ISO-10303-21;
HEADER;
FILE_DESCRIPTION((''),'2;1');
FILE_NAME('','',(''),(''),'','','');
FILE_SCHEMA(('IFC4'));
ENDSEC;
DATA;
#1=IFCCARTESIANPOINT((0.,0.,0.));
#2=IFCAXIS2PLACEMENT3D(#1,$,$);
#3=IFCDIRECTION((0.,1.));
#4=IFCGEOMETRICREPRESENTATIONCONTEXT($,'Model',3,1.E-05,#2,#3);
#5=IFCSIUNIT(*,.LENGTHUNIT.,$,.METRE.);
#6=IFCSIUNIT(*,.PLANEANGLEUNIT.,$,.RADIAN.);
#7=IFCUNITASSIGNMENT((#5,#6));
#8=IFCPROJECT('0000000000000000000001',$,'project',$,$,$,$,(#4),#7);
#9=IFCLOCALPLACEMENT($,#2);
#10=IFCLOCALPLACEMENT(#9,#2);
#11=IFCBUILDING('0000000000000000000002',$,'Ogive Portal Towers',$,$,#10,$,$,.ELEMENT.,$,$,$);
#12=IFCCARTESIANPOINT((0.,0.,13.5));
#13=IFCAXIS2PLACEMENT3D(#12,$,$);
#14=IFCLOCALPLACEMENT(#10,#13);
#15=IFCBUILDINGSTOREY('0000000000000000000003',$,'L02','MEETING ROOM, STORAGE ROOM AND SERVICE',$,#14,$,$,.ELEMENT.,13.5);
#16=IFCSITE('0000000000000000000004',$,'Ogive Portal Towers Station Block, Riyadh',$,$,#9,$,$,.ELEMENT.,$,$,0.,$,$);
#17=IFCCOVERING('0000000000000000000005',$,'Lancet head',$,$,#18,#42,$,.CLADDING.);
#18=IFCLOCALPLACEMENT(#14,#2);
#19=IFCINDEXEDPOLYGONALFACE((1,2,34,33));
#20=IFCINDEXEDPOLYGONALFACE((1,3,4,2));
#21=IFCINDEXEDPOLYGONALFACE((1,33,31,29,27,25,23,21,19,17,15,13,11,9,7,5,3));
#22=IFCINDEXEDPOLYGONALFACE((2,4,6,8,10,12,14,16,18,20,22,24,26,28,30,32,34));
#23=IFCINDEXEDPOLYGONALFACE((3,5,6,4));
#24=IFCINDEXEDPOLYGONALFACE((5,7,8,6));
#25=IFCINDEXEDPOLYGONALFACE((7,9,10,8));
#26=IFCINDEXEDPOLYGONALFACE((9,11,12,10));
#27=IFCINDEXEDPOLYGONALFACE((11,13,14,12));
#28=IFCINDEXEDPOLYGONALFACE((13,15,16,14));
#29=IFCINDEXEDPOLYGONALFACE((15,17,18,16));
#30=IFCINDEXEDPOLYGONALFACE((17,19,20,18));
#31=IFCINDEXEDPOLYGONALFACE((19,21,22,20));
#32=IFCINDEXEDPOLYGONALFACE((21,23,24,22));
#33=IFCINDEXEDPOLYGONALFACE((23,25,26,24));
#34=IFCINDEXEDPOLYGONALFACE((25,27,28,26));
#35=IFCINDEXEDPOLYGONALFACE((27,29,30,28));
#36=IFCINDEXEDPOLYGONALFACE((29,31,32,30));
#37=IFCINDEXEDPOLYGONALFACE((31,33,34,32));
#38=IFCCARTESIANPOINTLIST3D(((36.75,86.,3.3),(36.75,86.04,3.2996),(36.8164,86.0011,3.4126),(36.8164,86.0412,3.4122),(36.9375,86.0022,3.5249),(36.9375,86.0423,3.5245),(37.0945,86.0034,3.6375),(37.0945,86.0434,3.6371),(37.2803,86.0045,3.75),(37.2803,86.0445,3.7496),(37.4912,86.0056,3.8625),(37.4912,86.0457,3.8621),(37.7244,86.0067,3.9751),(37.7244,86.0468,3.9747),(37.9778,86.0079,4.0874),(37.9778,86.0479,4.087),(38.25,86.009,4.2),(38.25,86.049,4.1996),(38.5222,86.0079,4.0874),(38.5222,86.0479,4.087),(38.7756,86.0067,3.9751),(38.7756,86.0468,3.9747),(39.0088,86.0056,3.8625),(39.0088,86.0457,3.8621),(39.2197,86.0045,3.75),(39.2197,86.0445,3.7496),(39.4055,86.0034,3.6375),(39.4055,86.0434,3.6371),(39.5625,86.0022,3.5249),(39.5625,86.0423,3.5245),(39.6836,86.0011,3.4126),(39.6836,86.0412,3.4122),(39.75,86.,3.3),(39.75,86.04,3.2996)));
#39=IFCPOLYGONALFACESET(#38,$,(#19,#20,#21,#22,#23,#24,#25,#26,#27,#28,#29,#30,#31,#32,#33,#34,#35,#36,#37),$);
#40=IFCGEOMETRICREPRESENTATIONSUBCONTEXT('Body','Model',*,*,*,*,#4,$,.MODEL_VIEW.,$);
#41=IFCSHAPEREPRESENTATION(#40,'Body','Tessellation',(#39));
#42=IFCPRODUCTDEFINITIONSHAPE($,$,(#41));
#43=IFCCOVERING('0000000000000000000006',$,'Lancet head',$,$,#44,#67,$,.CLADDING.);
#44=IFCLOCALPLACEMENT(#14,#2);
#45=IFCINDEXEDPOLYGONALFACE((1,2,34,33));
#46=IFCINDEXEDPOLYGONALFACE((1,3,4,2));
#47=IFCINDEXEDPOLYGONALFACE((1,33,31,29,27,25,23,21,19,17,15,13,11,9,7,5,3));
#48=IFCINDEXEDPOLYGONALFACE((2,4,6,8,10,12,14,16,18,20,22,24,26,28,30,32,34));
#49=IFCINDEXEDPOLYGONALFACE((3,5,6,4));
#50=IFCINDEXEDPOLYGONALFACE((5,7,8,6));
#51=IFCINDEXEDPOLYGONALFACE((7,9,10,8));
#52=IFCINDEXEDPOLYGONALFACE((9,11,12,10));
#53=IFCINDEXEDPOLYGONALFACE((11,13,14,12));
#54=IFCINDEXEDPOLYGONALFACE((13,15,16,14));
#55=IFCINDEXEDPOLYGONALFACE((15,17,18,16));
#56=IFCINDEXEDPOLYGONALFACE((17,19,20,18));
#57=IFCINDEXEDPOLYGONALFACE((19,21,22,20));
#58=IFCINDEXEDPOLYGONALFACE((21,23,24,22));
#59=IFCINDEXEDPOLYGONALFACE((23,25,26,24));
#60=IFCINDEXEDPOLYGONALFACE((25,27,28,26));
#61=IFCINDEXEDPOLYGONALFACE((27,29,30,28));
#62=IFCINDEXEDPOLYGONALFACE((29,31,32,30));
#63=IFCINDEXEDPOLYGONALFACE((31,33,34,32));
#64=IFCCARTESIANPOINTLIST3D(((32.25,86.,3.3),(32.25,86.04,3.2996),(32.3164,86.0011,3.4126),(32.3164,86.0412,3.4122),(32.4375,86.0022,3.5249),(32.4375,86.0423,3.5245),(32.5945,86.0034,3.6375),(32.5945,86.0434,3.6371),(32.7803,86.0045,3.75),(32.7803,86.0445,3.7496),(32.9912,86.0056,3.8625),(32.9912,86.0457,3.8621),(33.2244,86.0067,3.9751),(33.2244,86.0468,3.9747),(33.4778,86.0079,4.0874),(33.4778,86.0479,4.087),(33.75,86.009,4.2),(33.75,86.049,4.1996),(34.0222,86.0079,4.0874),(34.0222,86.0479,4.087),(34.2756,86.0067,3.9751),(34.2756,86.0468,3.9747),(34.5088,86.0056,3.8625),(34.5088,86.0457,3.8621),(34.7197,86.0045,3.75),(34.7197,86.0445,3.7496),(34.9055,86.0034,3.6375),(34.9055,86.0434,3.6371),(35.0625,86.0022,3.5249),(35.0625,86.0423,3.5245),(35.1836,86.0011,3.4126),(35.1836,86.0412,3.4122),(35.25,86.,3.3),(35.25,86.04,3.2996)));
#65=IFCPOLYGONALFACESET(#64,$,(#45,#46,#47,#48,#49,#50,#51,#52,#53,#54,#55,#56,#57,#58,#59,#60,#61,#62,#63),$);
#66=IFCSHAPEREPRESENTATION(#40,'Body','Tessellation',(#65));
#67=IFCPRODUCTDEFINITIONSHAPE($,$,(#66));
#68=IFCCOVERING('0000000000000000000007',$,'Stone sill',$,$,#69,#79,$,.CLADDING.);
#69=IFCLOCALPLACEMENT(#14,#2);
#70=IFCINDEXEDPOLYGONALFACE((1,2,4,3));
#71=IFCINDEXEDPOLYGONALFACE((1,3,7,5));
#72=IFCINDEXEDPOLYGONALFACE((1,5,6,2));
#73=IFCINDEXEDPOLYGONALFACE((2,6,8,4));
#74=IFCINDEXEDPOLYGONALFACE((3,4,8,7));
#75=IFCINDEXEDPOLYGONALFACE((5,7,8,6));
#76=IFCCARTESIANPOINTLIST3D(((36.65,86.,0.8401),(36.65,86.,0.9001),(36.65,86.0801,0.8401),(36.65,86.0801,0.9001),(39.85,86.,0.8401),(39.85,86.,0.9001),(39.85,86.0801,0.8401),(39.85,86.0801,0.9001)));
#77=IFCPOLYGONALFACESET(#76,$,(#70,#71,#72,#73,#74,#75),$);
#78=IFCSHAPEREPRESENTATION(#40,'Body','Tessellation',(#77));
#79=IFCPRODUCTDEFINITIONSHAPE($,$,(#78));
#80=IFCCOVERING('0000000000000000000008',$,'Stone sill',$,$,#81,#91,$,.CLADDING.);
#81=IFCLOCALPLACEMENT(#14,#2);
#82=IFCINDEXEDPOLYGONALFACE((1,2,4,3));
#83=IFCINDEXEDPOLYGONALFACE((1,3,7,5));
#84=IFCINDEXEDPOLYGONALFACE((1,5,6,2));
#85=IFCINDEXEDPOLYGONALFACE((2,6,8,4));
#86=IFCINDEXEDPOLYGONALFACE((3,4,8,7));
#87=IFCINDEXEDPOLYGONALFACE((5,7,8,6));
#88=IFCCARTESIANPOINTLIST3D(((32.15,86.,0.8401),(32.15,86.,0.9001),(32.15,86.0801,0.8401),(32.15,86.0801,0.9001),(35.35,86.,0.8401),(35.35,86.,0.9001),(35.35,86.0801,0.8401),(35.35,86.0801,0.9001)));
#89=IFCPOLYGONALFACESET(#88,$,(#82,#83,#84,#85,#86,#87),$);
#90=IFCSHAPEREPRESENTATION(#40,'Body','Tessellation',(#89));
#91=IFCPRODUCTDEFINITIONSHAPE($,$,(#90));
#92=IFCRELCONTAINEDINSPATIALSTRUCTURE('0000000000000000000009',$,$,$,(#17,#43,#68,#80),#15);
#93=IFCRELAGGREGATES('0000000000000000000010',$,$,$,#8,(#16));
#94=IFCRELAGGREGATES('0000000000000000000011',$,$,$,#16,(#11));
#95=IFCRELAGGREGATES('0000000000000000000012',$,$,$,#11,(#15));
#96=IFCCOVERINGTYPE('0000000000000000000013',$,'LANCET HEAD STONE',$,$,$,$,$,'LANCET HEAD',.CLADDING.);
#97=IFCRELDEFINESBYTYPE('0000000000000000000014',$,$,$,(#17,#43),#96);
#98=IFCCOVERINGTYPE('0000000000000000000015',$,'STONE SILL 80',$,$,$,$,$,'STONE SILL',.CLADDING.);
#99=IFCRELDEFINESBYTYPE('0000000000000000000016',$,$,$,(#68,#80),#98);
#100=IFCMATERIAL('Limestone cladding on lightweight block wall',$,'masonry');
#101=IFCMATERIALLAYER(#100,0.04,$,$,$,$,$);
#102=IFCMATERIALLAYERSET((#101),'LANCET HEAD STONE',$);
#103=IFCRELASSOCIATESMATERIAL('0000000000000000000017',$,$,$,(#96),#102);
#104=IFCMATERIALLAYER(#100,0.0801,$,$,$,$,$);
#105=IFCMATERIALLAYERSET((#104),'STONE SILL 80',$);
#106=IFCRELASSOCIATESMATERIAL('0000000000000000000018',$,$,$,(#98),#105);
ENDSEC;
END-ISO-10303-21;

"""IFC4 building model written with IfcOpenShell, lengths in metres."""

from ifc_helpers import new_model, si_unit, direction, frame, origin, origin_2d, place, context, subcontext, project, spatial, polyline, rectangle, outline, extrude, material, layer, layer_set, type_object, element, save


model = new_model("IFC4")

# Units and contexts
model_context = context("Model", 3, precision=1e-05, world=origin(), true_north=direction((0.0, 1.0)))
body_context = subcontext(model_context, "Body", "Model", "MODEL_VIEW")
ifc_project = project(units=[si_unit("LENGTHUNIT", "METRE"), si_unit("PLANEANGLEUNIT", "RADIAN")], contexts=[model_context])

# Site, building, storey
site_placement = place(None, origin())
site = spatial("IfcSite", under=ifc_project, at=site_placement, Name="Ogive Portal Towers Station Block, Riyadh", CompositionType="ELEMENT", RefElevation=0.0)
building_placement = place(site_placement, origin())
building = spatial("IfcBuilding", under=site, at=building_placement, Name="Ogive Portal Towers", CompositionType="ELEMENT")
storey_placement = place(building_placement, frame((0.0, 0.0, 13.5)))
storey = spatial("IfcBuildingStorey", under=building, at=storey_placement, Name="L02", Description="MEETING ROOM, STORAGE ROOM AND SERVICE", CompositionType="ELEMENT", Elevation=13.5)

# Shared definitions
ifc_material_1 = material(Name="Limestone cladding on lightweight block wall", Category="masonry")

# Coverings
ifc_layer_1 = layer(ifc_material_1, 0.04)
ifc_layer_set_1 = layer_set([ifc_layer_1], Name="LANCET HEAD STONE")
covering_type_1 = type_object("IfcCoveringType", Name="LANCET HEAD STONE", ElementType="LANCET HEAD", PredefinedType="CLADDING", material=ifc_layer_set_1)
for number, where, z_axis, x_axis, name in (
    (1, (39.75, 86.0, 3.3), (0.0, -0.99995, 0.009994), (-1.0, 0.0, 0.0), "Lancet head"),
    (2, (35.25, 86.0, 3.3), (0.0, -0.99995, 0.009994), (-1.0, 0.0, 0.0), "Lancet head"),
):
    element("IfcCovering", number, at=place(storey_placement, frame(where, z_axis=z_axis, x_axis=x_axis)), inside=storey, type_object=covering_type_1, Name=name, PredefinedType="CLADDING", context=body_context, shape_type="SweptSolid", body=[
        extrude(outline(polyline([(0.0, 0.0), (3.0, 0.0), (2.9336, -0.1126), (2.8125, -0.2249), (2.6555, -0.3374), (2.4697, -0.45), (2.2588, -0.5625), (2.0256, -0.6751), (1.7722, -0.7874), (1.5, -0.8999), (1.2278, -0.7874), (0.9744, -0.6751), (0.7412, -0.5625), (0.5303, -0.45), (0.3445, -0.3374), (0.1875, -0.2249), (0.0664, -0.1126), (0.0, 0.0)])), origin(), (0.0, 0.0, -1.0), 0.04),
    ])
ifc_layer_2 = layer(ifc_material_1, 0.0801)
ifc_layer_set_2 = layer_set([ifc_layer_2], Name="STONE SILL 80")
covering_type_2 = type_object("IfcCoveringType", Name="STONE SILL 80", ElementType="STONE SILL", PredefinedType="CLADDING", material=ifc_layer_set_2)
for number, where, z_axis, x_axis, name in (
    (3, (38.25, 86.04, 0.8401), (0.0, 0.0, 1.0), (-1.0, 0.0, 0.0), "Stone sill"),
    (4, (33.75, 86.04, 0.8401), (0.0, 0.0, 1.0), (-1.0, 0.0, 0.0), "Stone sill"),
):
    element("IfcCovering", number, at=place(storey_placement, frame(where, z_axis=z_axis, x_axis=x_axis)), inside=storey, type_object=covering_type_2, Name=name, PredefinedType="CLADDING", context=body_context, shape_type="SweptSolid", body=[
        extrude(rectangle(XDim=3.2, YDim=0.0801, at=origin_2d()), origin(), (0.0, 0.0, 1.0), 0.0601),
    ])

save(model, "model.ifc")
